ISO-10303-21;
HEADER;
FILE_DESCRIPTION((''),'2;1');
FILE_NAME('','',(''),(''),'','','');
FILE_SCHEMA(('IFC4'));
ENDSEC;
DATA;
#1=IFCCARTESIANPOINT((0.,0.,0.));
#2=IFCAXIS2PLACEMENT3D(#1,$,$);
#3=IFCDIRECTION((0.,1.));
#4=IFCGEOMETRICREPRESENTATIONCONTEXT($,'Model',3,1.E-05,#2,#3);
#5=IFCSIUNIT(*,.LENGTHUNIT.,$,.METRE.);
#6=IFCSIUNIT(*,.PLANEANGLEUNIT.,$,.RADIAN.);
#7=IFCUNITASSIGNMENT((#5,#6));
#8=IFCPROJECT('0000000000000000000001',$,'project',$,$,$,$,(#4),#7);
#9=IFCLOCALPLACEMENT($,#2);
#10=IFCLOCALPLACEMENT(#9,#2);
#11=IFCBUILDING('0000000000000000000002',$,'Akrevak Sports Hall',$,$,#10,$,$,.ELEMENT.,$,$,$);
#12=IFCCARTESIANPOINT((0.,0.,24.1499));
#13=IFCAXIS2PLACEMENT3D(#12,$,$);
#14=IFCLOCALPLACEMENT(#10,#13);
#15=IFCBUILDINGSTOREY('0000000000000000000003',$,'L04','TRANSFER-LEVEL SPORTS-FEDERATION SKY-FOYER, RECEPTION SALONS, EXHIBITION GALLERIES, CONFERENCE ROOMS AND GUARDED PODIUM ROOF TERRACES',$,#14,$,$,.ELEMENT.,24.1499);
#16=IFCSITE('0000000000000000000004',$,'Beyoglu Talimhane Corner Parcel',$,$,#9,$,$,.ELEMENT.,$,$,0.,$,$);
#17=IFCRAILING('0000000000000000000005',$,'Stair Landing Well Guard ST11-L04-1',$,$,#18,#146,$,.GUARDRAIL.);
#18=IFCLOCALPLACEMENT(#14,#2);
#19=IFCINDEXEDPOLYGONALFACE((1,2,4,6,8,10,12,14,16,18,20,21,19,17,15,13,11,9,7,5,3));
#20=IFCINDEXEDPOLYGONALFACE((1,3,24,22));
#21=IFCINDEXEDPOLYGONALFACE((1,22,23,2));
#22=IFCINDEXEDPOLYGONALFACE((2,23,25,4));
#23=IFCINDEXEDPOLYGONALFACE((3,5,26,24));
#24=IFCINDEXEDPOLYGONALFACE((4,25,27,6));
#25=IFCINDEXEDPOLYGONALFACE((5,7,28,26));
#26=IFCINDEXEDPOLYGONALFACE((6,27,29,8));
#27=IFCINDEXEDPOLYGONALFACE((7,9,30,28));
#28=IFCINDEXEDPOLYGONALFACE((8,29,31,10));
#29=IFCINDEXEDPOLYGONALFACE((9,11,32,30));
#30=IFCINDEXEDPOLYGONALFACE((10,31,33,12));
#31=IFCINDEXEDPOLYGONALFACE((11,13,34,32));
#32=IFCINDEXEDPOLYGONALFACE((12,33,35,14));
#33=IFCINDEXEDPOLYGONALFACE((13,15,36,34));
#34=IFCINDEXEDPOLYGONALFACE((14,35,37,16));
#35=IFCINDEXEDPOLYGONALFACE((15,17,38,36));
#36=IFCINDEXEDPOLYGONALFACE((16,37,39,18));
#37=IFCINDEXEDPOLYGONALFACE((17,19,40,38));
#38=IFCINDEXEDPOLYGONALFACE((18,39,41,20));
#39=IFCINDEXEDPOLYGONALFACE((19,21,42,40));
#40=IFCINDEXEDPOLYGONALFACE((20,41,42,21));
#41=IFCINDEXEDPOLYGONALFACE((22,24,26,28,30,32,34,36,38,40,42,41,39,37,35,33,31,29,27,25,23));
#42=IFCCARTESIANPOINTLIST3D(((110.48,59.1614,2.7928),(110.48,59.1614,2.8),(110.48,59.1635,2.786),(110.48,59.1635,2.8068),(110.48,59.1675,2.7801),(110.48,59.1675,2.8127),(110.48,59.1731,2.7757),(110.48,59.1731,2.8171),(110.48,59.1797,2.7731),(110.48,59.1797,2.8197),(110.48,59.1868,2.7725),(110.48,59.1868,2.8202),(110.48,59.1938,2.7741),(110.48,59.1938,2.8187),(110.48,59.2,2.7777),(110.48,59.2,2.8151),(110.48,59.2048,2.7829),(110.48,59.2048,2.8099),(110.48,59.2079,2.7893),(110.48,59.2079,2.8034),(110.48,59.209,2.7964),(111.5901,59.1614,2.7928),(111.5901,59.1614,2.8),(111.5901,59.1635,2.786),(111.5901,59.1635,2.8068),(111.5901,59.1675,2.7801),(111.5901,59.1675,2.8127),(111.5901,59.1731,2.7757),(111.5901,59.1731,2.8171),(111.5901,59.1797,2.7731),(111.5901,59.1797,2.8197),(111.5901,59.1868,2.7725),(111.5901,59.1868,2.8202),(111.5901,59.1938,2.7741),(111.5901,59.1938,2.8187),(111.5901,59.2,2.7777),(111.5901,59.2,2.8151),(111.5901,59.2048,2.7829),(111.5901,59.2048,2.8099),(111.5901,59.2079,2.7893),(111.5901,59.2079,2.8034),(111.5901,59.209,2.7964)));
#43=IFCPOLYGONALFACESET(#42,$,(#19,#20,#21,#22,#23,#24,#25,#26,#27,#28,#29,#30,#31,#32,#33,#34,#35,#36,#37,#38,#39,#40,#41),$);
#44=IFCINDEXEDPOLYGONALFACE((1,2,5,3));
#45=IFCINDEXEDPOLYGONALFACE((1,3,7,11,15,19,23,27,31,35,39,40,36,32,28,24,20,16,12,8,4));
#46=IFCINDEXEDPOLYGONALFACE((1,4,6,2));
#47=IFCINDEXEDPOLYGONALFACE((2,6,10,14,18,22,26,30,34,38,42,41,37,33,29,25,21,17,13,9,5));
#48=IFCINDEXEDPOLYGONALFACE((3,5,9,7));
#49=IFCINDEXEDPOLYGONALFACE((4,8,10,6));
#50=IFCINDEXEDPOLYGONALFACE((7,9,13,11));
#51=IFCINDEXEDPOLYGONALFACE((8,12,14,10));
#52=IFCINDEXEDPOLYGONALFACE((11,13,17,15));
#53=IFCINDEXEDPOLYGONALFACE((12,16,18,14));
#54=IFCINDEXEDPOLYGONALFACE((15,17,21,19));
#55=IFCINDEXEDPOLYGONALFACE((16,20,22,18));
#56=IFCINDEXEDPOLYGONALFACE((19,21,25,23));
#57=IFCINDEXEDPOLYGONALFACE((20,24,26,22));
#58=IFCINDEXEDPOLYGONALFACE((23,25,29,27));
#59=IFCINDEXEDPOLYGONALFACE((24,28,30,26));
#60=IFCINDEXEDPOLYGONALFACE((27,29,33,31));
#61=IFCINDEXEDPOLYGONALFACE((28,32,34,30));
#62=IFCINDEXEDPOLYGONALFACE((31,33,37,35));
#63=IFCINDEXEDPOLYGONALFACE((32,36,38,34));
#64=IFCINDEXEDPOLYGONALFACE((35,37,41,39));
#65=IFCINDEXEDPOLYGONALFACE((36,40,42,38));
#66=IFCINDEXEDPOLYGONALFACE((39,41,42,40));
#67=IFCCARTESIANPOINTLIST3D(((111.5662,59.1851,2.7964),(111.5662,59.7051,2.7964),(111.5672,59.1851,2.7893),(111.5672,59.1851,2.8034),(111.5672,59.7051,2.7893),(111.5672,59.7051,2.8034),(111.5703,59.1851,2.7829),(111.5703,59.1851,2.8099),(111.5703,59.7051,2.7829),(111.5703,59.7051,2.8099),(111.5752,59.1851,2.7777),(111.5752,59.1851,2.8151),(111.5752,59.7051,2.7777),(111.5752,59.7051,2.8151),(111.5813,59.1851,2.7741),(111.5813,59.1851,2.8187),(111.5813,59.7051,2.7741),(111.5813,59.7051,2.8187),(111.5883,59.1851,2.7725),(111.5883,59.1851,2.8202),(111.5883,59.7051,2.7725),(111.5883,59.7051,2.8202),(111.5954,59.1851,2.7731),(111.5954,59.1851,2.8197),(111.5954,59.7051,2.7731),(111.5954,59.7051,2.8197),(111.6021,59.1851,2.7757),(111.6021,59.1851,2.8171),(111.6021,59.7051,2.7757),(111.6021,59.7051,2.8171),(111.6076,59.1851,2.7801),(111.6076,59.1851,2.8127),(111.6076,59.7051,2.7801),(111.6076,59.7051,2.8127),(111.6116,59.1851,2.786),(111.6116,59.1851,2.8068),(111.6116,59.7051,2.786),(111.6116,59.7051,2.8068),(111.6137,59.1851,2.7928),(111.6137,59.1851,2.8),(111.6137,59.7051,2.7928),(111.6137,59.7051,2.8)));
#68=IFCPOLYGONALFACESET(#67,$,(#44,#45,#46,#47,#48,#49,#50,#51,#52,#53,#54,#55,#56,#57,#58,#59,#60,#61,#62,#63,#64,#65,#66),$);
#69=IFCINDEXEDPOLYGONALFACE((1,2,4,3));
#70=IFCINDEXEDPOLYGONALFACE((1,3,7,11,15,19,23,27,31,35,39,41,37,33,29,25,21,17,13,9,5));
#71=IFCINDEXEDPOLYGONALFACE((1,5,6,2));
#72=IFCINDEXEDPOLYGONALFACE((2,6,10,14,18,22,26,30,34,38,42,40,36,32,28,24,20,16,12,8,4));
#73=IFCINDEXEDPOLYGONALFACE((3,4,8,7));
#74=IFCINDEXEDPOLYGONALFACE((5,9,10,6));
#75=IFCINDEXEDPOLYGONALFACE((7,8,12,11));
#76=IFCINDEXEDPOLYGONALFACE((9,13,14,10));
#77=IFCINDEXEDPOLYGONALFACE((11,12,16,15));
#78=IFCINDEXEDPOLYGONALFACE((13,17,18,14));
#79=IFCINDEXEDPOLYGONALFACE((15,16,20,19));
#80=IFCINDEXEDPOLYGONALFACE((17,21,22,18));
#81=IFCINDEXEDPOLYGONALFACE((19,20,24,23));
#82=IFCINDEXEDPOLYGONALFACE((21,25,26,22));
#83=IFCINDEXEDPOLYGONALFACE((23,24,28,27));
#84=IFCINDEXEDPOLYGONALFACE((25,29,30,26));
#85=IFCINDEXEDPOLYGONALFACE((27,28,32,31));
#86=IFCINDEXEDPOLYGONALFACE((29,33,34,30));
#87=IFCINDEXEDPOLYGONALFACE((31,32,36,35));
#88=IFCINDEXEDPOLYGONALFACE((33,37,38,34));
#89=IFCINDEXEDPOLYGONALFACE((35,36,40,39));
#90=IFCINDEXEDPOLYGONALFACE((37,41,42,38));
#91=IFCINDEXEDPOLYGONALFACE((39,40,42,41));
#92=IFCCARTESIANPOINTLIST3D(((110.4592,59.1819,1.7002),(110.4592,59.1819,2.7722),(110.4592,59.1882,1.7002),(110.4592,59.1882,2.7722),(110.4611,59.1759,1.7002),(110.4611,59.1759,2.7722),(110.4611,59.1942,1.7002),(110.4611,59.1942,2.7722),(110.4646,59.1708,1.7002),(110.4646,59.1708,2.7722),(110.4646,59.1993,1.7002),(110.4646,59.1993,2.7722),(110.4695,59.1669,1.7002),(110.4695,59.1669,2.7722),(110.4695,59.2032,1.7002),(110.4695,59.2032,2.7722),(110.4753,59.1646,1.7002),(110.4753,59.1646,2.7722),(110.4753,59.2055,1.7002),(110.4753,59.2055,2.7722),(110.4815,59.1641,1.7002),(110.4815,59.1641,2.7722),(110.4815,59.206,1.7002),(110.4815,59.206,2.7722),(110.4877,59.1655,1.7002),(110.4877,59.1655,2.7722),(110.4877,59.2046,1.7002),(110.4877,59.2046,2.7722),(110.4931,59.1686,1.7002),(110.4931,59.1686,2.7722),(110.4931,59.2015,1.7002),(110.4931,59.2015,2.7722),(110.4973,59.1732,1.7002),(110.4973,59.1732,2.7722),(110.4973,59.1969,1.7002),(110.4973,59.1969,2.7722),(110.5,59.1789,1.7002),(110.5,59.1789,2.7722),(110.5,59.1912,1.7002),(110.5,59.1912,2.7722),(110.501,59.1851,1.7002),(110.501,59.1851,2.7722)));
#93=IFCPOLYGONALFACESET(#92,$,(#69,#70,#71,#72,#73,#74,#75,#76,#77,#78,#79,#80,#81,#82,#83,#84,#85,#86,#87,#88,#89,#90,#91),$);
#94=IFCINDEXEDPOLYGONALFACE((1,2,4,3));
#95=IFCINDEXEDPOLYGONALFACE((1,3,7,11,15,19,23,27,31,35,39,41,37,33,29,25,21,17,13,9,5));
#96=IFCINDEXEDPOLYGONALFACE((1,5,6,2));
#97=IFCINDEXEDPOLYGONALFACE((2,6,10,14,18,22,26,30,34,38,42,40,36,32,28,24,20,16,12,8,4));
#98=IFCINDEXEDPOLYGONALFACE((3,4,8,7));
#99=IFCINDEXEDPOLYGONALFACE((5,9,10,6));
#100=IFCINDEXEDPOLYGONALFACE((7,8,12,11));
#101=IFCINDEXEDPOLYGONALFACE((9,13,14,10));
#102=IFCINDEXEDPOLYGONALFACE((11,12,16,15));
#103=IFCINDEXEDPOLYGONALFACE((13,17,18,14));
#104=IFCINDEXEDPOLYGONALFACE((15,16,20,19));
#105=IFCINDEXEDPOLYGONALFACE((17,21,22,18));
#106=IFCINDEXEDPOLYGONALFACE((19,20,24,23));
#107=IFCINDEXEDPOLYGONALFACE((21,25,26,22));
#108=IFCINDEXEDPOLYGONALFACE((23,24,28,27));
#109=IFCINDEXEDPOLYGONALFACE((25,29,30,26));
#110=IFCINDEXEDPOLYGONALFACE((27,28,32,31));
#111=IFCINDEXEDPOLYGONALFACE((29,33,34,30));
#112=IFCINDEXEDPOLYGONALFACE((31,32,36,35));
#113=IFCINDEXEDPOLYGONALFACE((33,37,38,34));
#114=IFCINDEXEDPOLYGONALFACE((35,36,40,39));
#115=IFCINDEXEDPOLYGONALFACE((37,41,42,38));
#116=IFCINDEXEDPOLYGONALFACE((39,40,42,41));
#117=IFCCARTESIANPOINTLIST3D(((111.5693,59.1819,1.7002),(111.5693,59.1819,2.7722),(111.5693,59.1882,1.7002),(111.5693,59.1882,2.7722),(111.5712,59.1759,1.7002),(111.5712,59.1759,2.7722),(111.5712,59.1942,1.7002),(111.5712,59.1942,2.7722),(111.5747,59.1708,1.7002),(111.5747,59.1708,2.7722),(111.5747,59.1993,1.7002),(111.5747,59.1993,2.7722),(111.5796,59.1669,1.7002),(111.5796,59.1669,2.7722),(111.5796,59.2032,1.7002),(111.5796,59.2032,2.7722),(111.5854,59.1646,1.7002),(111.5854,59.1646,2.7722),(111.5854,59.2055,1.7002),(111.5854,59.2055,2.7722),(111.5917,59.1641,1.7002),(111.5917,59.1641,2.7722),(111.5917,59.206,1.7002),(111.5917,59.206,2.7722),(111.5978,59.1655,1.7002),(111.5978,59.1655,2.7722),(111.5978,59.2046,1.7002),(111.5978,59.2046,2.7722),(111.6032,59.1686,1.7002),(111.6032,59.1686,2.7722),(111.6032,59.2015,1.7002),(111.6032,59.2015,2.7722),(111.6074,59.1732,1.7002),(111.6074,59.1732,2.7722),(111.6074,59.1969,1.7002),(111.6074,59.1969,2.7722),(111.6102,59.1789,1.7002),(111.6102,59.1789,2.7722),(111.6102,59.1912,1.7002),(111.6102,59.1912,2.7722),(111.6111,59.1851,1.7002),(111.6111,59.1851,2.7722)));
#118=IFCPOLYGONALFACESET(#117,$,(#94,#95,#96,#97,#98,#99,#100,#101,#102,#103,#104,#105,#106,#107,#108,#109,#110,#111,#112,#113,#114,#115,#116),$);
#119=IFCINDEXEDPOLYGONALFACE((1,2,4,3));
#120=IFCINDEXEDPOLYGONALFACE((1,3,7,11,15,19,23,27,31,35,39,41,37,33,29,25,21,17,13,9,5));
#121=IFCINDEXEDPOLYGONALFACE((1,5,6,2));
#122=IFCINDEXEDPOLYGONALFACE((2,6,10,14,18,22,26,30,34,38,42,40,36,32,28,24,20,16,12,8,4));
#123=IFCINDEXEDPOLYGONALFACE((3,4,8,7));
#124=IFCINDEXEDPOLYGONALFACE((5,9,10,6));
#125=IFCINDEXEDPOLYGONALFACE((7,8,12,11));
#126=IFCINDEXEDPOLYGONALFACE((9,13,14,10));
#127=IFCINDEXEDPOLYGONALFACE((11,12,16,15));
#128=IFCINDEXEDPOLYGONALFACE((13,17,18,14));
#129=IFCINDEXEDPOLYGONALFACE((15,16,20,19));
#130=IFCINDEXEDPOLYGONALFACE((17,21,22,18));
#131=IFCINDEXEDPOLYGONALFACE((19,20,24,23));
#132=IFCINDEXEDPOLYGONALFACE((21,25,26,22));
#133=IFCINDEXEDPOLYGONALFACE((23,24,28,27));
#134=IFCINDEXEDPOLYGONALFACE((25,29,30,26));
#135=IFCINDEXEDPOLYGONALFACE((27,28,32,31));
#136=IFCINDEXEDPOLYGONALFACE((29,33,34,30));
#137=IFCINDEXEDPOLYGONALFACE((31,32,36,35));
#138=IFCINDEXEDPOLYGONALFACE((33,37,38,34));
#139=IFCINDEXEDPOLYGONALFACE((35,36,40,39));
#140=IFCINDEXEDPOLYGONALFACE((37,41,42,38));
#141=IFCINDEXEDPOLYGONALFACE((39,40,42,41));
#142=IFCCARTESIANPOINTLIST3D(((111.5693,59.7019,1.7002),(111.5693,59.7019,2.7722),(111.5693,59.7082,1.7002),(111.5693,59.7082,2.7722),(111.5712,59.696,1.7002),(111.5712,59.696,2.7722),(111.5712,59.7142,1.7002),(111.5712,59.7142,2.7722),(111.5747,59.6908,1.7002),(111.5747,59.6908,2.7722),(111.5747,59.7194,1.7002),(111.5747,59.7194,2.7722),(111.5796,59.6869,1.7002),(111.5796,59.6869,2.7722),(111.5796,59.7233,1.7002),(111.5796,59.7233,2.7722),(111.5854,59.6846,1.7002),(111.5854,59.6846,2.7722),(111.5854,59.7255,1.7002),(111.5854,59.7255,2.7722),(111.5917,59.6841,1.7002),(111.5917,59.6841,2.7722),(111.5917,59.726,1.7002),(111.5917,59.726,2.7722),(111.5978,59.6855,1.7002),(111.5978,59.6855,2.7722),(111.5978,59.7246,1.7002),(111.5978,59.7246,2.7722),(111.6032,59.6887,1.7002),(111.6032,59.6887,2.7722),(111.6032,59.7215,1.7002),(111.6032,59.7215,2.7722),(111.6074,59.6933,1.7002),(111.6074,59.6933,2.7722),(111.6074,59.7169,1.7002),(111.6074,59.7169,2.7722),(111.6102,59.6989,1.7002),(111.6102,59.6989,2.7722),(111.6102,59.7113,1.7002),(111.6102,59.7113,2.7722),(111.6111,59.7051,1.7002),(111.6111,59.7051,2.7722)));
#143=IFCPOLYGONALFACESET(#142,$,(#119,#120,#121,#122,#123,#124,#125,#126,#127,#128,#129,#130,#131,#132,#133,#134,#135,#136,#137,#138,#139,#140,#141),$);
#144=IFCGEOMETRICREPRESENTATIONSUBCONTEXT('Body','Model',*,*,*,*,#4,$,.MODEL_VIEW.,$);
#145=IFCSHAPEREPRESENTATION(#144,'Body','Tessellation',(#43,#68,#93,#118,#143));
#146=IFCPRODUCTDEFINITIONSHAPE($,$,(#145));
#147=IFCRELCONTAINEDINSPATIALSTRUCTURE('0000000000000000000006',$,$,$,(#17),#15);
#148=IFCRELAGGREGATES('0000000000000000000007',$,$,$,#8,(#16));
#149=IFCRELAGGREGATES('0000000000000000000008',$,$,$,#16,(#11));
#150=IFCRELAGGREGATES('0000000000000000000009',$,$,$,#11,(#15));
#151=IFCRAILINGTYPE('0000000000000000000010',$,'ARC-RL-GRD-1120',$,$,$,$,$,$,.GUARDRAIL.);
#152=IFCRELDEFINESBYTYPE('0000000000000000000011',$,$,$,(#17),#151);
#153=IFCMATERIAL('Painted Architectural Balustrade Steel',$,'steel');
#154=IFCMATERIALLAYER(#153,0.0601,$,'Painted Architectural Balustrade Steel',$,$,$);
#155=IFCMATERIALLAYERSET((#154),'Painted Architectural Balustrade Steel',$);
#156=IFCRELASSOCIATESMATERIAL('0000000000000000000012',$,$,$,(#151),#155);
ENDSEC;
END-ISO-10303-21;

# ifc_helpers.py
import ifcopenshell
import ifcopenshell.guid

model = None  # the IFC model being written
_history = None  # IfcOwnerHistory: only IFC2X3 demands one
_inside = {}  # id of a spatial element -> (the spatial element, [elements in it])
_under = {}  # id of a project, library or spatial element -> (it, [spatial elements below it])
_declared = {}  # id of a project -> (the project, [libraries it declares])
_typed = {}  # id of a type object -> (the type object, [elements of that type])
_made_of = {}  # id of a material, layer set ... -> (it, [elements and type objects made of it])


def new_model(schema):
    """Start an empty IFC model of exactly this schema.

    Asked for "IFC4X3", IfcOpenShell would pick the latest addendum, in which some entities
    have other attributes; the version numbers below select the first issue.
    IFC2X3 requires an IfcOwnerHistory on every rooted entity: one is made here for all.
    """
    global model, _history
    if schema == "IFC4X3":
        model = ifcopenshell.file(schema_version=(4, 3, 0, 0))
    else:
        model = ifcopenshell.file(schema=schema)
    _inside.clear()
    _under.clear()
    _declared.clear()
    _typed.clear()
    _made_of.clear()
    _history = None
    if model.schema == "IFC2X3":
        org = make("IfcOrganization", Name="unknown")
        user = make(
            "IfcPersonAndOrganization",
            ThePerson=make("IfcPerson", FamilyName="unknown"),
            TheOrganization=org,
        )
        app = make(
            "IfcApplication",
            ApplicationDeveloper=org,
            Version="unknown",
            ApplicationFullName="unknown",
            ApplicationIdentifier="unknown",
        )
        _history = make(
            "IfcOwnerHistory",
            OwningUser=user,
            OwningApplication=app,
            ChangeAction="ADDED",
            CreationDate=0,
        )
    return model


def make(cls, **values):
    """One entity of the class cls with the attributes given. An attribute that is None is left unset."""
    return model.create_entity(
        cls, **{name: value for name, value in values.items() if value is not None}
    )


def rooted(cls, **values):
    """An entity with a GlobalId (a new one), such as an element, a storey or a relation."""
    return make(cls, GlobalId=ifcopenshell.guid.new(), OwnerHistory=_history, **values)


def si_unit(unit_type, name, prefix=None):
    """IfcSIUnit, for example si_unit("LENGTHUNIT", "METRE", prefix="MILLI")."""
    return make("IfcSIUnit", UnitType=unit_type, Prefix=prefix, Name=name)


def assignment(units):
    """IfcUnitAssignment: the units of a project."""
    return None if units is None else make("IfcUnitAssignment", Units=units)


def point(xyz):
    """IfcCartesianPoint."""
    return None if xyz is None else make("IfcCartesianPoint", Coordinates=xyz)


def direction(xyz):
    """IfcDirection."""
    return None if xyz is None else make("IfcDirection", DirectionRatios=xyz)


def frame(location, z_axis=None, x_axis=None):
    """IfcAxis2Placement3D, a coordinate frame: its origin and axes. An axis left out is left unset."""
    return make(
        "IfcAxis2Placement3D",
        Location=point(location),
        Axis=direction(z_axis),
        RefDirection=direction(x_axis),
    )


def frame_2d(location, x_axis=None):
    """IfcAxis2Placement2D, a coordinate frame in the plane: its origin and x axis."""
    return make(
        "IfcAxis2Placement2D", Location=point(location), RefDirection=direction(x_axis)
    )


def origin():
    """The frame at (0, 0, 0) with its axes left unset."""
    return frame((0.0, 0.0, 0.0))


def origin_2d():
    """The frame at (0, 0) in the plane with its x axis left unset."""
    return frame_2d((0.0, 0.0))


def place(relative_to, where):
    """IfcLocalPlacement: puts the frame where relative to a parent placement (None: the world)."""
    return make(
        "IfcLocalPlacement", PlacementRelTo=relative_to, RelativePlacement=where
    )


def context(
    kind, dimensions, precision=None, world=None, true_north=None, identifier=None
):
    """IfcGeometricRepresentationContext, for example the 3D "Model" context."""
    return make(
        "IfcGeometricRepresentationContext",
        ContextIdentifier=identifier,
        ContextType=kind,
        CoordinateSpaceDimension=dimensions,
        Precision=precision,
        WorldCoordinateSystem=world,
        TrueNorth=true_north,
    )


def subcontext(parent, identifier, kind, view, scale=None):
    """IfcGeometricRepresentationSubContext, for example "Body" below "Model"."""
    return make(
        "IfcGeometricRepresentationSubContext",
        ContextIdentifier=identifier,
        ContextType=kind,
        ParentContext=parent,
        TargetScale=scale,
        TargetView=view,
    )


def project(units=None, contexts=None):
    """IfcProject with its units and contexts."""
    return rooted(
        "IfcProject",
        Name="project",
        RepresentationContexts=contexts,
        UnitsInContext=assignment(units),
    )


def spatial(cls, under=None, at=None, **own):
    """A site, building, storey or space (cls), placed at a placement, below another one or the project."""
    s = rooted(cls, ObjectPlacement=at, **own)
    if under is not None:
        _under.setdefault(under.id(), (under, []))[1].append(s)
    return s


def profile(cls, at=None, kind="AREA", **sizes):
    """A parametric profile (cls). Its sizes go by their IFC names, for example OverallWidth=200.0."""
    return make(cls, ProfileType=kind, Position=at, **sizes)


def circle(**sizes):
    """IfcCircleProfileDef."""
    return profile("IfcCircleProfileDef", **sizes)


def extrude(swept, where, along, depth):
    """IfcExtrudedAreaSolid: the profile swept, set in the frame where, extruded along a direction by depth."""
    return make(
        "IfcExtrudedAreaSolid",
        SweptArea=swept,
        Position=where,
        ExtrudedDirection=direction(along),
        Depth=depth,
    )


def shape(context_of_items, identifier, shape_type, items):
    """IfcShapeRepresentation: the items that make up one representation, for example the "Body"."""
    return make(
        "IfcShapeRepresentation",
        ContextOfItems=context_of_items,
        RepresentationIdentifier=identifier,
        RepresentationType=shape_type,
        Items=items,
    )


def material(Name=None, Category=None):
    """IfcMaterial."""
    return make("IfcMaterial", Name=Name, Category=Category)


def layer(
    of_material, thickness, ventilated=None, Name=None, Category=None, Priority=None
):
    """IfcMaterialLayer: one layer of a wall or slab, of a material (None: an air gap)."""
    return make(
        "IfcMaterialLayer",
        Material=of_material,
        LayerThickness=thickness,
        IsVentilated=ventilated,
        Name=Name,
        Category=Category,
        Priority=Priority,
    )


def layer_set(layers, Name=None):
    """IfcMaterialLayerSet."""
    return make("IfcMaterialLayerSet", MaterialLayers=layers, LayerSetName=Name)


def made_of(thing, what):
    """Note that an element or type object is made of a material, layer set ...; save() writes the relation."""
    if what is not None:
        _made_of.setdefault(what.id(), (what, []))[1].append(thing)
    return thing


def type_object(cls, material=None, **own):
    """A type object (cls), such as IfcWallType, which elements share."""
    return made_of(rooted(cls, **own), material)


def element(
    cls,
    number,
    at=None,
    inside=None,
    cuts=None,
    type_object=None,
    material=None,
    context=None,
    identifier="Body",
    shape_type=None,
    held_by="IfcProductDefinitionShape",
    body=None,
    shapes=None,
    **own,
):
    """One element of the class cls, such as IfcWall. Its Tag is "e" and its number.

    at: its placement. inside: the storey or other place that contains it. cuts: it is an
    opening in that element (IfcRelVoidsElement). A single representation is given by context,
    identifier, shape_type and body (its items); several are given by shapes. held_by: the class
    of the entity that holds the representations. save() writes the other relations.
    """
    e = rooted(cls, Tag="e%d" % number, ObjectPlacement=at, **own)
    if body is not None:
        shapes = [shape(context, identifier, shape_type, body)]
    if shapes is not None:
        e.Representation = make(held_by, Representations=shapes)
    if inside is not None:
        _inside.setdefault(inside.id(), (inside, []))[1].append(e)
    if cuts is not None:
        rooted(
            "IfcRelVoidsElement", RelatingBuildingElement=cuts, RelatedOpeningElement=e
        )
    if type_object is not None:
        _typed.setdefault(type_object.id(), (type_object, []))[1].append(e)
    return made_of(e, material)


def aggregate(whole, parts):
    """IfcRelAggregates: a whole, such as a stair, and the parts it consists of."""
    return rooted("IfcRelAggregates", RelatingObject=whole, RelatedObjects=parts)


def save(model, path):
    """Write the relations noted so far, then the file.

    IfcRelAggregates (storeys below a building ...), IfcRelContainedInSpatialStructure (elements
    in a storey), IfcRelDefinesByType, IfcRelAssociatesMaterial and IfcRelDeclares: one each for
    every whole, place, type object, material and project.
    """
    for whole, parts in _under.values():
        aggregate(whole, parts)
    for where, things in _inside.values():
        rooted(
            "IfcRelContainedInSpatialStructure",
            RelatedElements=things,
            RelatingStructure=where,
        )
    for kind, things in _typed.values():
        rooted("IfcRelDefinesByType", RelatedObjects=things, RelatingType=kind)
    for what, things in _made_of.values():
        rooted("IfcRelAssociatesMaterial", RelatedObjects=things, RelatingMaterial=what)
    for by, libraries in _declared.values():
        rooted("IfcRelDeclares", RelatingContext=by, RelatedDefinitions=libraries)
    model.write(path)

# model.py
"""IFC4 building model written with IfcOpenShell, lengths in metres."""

from ifc_helpers import new_model, si_unit, direction, frame, origin, origin_2d, place, context, subcontext, project, spatial, circle, extrude, material, layer, layer_set, type_object, element, save


model = new_model("IFC4")

# Units and contexts
model_context = context("Model", 3, precision=1e-05, world=origin(), true_north=direction((0.0, 1.0)))
body_context = subcontext(model_context, "Body", "Model", "MODEL_VIEW")
ifc_project = project(units=[si_unit("LENGTHUNIT", "METRE"), si_unit("PLANEANGLEUNIT", "RADIAN")], contexts=[model_context])

# Site, building, storey
site_placement = place(None, origin())
site = spatial("IfcSite", under=ifc_project, at=site_placement, Name="Beyoglu Talimhane Corner Parcel", CompositionType="ELEMENT", RefElevation=0.0)
building_placement = place(site_placement, origin())
building = spatial("IfcBuilding", under=site, at=building_placement, Name="Akrevak Sports Hall", CompositionType="ELEMENT")
storey_placement = place(building_placement, frame((0.0, 0.0, 24.1499)))
storey = spatial("IfcBuildingStorey", under=building, at=storey_placement, Name="L04", Description="TRANSFER-LEVEL SPORTS-FEDERATION SKY-FOYER, RECEPTION SALONS, EXHIBITION GALLERIES, CONFERENCE ROOMS AND GUARDED PODIUM ROOF TERRACES", CompositionType="ELEMENT", Elevation=24.1499)

# Railing
ifc_material_1 = material(Name="Painted Architectural Balustrade Steel", Category="steel")
ifc_layer_1 = layer(ifc_material_1, 0.0601, Name="Painted Architectural Balustrade Steel")
ifc_layer_set_1 = layer_set([ifc_layer_1], Name="Painted Architectural Balustrade Steel")
railing_type_1 = type_object("IfcRailingType", Name="ARC-RL-GRD-1120", PredefinedType="GUARDRAIL", material=ifc_layer_set_1)
railing_1_placement = place(storey_placement, frame((110.48, 59.1851, 1.7002)))
element("IfcRailing", 1, at=railing_1_placement, inside=storey, type_object=railing_type_1, Name="Stair Landing Well Guard ST11-L04-1", PredefinedType="GUARDRAIL", context=body_context, shape_type="SweptSolid", body=[
    extrude(circle(Radius=0.0239, at=origin_2d()), frame((0.0, 0.0, 1.0962), z_axis=(1.0, 0.0, 0.0), x_axis=(0.0, 1.0, 0.0)), (0.0, 0.0, 1.0), 1.1101),
    extrude(circle(Radius=0.0239, at=origin_2d()), frame((1.1101, 0.0, 1.0962), z_axis=(0.0, 1.0, 0.0), x_axis=(-1.0, 0.0, 0.0)), (0.0, 0.0, 1.0), 0.52),
    extrude(circle(Radius=0.021, at=origin_2d()), origin(), (0.0, 0.0, 1.0), 1.072),
    extrude(circle(Radius=0.021, at=origin_2d()), frame((1.1101, 0.0, 0.0)), (0.0, 0.0, 1.0), 1.072),
    extrude(circle(Radius=0.021, at=origin_2d()), frame((1.1101, 0.52, 0.0)), (0.0, 0.0, 1.0), 1.072),
])

save(model, "model.ifc")
